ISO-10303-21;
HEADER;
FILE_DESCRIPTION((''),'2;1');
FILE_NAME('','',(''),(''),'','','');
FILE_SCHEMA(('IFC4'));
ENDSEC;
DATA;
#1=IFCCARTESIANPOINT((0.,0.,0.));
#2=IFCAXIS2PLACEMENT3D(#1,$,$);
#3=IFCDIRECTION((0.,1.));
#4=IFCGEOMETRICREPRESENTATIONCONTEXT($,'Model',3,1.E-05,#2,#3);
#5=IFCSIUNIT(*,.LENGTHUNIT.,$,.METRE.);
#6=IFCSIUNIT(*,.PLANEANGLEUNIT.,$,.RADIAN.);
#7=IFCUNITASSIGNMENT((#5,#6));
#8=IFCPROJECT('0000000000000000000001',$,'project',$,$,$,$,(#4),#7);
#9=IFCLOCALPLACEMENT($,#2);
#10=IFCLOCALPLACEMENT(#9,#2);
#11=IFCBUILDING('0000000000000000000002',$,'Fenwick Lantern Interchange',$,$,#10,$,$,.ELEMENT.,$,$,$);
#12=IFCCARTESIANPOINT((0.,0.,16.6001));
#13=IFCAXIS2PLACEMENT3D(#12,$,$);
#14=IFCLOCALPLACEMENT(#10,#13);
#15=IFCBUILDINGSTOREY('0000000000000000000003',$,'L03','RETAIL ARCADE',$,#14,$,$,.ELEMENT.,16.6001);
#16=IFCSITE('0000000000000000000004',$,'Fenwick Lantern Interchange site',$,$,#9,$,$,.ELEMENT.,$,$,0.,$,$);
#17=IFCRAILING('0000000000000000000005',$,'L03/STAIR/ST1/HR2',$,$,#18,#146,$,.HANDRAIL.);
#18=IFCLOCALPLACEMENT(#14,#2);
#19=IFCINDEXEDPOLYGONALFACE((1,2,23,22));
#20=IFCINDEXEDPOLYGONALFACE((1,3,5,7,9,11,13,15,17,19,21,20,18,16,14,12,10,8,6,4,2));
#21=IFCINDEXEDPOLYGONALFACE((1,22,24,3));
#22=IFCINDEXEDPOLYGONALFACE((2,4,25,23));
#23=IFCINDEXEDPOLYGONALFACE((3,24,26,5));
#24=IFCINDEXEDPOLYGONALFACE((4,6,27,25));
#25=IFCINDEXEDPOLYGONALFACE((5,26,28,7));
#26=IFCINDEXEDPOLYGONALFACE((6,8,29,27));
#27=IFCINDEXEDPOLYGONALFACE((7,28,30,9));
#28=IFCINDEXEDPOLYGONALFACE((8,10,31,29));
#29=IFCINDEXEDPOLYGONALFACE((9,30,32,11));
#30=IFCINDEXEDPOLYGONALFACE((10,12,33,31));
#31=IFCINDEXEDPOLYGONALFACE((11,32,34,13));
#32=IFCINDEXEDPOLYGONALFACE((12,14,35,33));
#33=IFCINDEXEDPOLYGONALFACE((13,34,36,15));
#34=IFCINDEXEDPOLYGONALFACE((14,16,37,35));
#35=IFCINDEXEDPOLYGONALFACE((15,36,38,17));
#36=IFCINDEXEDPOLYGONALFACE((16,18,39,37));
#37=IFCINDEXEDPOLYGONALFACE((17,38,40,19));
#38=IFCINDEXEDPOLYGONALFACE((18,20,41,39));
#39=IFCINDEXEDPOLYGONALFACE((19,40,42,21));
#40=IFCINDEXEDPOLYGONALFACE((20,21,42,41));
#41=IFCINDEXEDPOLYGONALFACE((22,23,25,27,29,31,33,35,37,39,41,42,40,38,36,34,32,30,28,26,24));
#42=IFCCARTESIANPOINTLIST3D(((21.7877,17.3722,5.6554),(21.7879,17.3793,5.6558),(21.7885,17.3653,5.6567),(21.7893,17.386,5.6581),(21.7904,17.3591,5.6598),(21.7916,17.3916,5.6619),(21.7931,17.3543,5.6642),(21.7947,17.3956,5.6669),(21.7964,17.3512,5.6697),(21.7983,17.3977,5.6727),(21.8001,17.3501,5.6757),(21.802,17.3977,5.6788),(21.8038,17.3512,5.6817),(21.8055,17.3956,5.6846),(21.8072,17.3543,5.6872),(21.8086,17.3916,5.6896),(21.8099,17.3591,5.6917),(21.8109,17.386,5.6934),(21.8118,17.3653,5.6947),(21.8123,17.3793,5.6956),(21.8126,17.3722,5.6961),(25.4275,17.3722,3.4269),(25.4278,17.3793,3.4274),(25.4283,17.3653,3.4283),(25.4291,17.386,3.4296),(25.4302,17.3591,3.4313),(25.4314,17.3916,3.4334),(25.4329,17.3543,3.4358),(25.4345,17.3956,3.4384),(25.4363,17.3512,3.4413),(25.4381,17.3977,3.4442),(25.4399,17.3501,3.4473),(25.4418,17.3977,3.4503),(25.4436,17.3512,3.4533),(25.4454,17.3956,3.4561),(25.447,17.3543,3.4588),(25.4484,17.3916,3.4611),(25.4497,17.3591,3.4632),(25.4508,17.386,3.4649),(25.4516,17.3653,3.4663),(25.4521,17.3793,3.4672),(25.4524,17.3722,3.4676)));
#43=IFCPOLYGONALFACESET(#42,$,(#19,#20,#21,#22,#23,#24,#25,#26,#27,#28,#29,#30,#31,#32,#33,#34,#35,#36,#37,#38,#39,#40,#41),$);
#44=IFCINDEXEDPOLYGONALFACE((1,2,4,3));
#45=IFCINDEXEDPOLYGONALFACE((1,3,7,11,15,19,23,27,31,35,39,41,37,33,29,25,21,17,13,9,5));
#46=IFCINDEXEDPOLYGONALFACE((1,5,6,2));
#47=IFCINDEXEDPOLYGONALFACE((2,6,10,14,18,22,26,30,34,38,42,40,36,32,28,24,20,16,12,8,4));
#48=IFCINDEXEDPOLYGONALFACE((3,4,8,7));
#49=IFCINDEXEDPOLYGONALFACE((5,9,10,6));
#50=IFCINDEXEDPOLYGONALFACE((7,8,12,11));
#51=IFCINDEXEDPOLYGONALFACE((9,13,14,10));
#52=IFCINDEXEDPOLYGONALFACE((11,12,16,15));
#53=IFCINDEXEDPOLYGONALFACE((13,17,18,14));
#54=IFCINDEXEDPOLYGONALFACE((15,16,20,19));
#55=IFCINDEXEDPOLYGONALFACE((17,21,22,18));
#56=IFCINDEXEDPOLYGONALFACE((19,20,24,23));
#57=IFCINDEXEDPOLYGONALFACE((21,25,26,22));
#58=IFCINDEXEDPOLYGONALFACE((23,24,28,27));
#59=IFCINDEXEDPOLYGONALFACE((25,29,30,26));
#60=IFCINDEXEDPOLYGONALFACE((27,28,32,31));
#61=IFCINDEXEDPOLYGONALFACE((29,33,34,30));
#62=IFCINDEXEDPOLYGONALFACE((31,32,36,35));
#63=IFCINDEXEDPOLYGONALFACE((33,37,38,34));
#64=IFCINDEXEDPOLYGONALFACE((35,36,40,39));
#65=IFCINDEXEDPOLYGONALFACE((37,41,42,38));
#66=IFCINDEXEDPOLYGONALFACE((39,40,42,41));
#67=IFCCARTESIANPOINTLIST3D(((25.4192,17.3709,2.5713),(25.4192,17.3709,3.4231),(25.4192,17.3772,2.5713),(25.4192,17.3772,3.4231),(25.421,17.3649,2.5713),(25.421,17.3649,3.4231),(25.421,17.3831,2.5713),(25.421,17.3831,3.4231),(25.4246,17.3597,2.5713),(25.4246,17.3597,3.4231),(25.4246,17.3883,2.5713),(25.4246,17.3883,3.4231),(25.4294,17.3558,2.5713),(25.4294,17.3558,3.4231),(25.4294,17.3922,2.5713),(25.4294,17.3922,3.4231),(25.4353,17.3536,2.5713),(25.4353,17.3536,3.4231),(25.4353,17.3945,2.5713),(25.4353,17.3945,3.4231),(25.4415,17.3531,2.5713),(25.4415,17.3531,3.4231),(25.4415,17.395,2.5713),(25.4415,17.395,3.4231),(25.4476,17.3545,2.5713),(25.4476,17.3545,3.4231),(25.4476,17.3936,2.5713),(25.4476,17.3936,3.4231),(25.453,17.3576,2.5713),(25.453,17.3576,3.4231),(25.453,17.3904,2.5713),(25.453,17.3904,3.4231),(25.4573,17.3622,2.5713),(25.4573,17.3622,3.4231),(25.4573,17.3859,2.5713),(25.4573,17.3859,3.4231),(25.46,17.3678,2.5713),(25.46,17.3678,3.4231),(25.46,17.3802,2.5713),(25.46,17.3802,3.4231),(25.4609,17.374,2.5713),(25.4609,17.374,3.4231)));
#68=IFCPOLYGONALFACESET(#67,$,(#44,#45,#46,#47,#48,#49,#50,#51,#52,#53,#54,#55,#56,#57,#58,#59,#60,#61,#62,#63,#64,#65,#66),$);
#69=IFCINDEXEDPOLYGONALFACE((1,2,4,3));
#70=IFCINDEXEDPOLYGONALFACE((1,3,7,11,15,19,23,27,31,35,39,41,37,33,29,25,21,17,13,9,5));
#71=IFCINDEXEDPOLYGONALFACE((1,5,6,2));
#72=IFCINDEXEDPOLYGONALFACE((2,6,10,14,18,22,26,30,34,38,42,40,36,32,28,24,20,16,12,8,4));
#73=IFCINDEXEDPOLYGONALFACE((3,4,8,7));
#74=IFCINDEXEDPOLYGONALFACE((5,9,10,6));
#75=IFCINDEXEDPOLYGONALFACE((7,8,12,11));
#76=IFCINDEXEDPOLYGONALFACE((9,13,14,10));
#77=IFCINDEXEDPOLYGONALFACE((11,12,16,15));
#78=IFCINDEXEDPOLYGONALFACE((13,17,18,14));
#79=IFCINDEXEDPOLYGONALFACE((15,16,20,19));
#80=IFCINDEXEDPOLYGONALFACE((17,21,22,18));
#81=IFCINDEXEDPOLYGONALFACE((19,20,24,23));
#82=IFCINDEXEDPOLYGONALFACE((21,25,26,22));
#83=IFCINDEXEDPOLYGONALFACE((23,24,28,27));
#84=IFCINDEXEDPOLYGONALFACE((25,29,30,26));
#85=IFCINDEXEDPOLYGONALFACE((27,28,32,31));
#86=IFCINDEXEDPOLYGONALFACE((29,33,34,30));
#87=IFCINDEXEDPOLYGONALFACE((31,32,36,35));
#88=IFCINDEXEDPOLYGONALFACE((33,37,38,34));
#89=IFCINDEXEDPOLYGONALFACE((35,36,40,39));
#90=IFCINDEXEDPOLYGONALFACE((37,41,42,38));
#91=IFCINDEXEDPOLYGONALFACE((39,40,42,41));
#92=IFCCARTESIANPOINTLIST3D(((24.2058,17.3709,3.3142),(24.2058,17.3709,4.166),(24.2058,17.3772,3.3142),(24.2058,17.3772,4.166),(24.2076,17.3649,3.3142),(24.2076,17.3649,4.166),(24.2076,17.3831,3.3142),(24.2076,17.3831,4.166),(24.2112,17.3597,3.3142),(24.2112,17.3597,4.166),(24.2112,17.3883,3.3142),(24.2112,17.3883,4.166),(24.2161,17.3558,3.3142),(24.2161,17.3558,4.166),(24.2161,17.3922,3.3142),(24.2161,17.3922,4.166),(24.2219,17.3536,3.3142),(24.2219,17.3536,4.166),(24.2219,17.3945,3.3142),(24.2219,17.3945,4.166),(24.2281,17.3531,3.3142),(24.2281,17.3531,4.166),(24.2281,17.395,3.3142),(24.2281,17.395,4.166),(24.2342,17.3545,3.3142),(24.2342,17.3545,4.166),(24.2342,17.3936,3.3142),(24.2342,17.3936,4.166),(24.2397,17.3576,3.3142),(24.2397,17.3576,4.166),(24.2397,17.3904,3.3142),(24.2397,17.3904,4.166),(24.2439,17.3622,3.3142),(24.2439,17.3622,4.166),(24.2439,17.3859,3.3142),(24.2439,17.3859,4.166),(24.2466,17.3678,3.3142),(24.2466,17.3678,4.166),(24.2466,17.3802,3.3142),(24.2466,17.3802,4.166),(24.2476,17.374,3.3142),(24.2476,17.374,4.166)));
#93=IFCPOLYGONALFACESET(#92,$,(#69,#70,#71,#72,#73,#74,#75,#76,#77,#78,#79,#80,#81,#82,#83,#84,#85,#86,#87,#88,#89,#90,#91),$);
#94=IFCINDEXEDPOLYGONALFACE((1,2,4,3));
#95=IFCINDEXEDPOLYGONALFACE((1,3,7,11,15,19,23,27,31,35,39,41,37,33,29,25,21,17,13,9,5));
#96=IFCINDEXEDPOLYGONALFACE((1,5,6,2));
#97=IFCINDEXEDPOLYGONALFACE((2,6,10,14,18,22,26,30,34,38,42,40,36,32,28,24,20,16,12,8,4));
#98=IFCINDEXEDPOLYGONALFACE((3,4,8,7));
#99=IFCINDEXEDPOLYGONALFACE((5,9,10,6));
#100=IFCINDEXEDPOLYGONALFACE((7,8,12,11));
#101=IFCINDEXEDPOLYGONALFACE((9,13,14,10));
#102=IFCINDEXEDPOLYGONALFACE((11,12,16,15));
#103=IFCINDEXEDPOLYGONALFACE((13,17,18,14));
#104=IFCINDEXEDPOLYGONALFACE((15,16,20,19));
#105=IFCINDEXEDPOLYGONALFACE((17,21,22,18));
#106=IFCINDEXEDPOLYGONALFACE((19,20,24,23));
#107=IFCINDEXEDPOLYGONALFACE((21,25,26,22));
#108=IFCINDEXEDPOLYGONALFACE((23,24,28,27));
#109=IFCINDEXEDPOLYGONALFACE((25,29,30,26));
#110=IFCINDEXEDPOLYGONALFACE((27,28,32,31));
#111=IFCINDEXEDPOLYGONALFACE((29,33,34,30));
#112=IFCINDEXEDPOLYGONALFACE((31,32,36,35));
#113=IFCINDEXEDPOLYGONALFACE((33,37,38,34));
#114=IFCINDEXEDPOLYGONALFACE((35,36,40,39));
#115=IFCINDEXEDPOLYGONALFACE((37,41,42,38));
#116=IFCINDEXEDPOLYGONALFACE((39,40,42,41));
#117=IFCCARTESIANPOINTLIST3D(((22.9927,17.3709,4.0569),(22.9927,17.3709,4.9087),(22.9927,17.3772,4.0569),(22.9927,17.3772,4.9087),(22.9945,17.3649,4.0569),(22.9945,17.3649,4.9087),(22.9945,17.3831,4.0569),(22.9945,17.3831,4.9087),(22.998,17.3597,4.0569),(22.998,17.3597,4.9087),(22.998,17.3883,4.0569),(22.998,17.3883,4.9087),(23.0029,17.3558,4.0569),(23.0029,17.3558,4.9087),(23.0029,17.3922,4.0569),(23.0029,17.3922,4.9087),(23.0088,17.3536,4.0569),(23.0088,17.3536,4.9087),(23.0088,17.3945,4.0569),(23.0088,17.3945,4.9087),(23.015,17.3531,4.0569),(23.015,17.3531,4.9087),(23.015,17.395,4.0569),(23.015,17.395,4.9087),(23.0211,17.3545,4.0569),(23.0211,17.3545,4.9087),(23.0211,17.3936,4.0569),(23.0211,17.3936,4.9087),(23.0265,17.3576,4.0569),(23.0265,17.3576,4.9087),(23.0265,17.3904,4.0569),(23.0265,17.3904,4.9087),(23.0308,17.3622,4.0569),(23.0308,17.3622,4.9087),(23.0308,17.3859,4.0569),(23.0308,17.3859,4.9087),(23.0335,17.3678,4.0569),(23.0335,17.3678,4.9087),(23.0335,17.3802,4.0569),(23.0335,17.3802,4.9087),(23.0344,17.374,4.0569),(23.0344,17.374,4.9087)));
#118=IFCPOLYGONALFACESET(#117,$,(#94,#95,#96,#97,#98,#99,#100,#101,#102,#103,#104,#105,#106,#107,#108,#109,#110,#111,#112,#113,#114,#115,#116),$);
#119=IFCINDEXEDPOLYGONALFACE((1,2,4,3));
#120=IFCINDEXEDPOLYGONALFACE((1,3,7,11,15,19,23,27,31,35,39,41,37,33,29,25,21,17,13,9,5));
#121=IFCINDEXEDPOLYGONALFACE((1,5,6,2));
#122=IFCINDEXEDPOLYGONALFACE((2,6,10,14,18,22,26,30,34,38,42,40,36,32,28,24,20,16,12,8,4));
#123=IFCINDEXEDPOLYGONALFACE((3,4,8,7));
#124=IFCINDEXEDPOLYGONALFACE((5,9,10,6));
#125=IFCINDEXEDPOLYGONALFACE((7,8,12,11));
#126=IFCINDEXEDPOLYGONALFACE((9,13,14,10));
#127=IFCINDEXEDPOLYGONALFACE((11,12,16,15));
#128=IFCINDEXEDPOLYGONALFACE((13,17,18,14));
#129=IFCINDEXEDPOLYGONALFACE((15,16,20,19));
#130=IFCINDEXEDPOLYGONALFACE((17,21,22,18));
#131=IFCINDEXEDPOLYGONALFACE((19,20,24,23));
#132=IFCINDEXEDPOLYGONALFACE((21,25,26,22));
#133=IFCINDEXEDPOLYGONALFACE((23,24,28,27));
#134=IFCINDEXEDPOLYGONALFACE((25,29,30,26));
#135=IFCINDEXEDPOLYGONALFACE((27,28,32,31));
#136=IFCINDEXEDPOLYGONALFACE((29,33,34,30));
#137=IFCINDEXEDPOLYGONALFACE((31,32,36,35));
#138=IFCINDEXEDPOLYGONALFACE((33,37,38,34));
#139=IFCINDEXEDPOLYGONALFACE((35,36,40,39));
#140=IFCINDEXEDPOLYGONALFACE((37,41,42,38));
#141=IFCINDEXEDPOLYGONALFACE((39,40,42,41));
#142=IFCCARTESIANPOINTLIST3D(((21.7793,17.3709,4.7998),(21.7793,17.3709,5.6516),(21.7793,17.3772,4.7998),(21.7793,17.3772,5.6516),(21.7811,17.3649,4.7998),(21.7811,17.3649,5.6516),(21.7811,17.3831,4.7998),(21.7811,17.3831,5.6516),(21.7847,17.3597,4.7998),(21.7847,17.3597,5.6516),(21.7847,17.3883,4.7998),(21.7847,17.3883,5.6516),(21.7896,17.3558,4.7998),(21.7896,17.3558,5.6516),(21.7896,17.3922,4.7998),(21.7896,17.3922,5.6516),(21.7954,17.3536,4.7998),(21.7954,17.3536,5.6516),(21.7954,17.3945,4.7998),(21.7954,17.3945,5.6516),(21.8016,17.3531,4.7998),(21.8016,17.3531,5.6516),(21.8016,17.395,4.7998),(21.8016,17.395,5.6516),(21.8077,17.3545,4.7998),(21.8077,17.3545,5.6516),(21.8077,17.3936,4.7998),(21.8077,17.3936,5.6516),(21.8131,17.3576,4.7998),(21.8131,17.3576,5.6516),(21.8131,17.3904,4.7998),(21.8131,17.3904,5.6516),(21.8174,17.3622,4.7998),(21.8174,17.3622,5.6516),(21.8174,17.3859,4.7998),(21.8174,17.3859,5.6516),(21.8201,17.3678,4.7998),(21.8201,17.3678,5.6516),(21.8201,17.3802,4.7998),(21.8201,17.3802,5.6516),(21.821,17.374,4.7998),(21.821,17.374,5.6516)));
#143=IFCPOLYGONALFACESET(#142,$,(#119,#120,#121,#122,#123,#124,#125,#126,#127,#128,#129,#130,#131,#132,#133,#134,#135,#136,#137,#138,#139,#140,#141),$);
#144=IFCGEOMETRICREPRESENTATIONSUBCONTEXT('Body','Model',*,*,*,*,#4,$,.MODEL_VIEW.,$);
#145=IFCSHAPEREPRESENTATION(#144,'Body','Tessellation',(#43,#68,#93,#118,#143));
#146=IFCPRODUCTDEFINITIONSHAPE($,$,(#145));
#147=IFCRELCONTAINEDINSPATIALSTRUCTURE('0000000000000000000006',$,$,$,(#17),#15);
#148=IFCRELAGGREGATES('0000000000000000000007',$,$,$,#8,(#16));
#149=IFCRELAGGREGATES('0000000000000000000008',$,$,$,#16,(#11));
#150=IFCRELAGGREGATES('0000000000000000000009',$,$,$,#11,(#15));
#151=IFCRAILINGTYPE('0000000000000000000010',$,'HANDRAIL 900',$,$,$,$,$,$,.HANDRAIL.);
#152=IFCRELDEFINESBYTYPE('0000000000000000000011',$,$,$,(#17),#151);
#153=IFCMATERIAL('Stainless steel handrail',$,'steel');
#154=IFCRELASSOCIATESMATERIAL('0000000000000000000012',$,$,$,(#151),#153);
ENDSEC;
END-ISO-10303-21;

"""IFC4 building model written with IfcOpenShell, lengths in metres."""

from ifc_helpers import new_model, si_unit, direction, frame, origin, origin_2d, place, context, subcontext, project, spatial, circle, extrude, material, type_object, element, save


model = new_model("IFC4")

# Units and contexts
model_context = context("Model", 3, precision=1e-05, world=origin(), true_north=direction((0.0, 1.0)))
body_context = subcontext(model_context, "Body", "Model", "MODEL_VIEW")
ifc_project = project(units=[si_unit("LENGTHUNIT", "METRE"), si_unit("PLANEANGLEUNIT", "RADIAN")], contexts=[model_context])

# Site, building, storey
site_placement = place(None, origin())
site = spatial("IfcSite", under=ifc_project, at=site_placement, Name="Fenwick Lantern Interchange site", CompositionType="ELEMENT", RefElevation=0.0)
building_placement = place(site_placement, origin())
building = spatial("IfcBuilding", under=site, at=building_placement, Name="Fenwick Lantern Interchange", CompositionType="ELEMENT")
storey_placement = place(building_placement, frame((0.0, 0.0, 16.6001)))
storey = spatial("IfcBuildingStorey", under=building, at=storey_placement, Name="L03", Description="RETAIL ARCADE", CompositionType="ELEMENT", Elevation=16.6001)

# Railing
ifc_material_1 = material(Name="Stainless steel handrail", Category="steel")
railing_type = type_object("IfcRailingType", Name="HANDRAIL 900", PredefinedType="HANDRAIL", material=ifc_material_1)
railing_1_placement = place(storey_placement, frame((25.4399, 17.374, 2.5713)))
element("IfcRailing", 1, at=railing_1_placement, inside=storey, type_object=railing_type, Name="L03/STAIR/ST1/HR2", PredefinedType="HANDRAIL", context=body_context, shape_type="SweptSolid", body=[
    extrude(circle(Radius=0.0239, at=origin_2d()), frame((0.0, 0.0, 0.876), z_axis=(-0.85285, 0.0, 0.522156), x_axis=(0.0, -1.0, 0.0)), (0.0, 0.0, 1.0), 4.2678),
    extrude(circle(Radius=0.021, at=origin_2d()), origin(), (0.0, 0.0, 1.0), 0.8518),
    extrude(circle(Radius=0.021, at=origin_2d()), frame((-1.2134, 0.0, 0.7429)), (0.0, 0.0, 1.0), 0.8518),
    extrude(circle(Radius=0.021, at=origin_2d()), frame((-2.4265, 0.0, 1.4856)), (0.0, 0.0, 1.0), 0.8518),
    extrude(circle(Radius=0.021, at=origin_2d()), frame((-3.6399, 0.0, 2.2285)), (0.0, 0.0, 1.0), 0.8518),
])

save(model, "model.ifc")
